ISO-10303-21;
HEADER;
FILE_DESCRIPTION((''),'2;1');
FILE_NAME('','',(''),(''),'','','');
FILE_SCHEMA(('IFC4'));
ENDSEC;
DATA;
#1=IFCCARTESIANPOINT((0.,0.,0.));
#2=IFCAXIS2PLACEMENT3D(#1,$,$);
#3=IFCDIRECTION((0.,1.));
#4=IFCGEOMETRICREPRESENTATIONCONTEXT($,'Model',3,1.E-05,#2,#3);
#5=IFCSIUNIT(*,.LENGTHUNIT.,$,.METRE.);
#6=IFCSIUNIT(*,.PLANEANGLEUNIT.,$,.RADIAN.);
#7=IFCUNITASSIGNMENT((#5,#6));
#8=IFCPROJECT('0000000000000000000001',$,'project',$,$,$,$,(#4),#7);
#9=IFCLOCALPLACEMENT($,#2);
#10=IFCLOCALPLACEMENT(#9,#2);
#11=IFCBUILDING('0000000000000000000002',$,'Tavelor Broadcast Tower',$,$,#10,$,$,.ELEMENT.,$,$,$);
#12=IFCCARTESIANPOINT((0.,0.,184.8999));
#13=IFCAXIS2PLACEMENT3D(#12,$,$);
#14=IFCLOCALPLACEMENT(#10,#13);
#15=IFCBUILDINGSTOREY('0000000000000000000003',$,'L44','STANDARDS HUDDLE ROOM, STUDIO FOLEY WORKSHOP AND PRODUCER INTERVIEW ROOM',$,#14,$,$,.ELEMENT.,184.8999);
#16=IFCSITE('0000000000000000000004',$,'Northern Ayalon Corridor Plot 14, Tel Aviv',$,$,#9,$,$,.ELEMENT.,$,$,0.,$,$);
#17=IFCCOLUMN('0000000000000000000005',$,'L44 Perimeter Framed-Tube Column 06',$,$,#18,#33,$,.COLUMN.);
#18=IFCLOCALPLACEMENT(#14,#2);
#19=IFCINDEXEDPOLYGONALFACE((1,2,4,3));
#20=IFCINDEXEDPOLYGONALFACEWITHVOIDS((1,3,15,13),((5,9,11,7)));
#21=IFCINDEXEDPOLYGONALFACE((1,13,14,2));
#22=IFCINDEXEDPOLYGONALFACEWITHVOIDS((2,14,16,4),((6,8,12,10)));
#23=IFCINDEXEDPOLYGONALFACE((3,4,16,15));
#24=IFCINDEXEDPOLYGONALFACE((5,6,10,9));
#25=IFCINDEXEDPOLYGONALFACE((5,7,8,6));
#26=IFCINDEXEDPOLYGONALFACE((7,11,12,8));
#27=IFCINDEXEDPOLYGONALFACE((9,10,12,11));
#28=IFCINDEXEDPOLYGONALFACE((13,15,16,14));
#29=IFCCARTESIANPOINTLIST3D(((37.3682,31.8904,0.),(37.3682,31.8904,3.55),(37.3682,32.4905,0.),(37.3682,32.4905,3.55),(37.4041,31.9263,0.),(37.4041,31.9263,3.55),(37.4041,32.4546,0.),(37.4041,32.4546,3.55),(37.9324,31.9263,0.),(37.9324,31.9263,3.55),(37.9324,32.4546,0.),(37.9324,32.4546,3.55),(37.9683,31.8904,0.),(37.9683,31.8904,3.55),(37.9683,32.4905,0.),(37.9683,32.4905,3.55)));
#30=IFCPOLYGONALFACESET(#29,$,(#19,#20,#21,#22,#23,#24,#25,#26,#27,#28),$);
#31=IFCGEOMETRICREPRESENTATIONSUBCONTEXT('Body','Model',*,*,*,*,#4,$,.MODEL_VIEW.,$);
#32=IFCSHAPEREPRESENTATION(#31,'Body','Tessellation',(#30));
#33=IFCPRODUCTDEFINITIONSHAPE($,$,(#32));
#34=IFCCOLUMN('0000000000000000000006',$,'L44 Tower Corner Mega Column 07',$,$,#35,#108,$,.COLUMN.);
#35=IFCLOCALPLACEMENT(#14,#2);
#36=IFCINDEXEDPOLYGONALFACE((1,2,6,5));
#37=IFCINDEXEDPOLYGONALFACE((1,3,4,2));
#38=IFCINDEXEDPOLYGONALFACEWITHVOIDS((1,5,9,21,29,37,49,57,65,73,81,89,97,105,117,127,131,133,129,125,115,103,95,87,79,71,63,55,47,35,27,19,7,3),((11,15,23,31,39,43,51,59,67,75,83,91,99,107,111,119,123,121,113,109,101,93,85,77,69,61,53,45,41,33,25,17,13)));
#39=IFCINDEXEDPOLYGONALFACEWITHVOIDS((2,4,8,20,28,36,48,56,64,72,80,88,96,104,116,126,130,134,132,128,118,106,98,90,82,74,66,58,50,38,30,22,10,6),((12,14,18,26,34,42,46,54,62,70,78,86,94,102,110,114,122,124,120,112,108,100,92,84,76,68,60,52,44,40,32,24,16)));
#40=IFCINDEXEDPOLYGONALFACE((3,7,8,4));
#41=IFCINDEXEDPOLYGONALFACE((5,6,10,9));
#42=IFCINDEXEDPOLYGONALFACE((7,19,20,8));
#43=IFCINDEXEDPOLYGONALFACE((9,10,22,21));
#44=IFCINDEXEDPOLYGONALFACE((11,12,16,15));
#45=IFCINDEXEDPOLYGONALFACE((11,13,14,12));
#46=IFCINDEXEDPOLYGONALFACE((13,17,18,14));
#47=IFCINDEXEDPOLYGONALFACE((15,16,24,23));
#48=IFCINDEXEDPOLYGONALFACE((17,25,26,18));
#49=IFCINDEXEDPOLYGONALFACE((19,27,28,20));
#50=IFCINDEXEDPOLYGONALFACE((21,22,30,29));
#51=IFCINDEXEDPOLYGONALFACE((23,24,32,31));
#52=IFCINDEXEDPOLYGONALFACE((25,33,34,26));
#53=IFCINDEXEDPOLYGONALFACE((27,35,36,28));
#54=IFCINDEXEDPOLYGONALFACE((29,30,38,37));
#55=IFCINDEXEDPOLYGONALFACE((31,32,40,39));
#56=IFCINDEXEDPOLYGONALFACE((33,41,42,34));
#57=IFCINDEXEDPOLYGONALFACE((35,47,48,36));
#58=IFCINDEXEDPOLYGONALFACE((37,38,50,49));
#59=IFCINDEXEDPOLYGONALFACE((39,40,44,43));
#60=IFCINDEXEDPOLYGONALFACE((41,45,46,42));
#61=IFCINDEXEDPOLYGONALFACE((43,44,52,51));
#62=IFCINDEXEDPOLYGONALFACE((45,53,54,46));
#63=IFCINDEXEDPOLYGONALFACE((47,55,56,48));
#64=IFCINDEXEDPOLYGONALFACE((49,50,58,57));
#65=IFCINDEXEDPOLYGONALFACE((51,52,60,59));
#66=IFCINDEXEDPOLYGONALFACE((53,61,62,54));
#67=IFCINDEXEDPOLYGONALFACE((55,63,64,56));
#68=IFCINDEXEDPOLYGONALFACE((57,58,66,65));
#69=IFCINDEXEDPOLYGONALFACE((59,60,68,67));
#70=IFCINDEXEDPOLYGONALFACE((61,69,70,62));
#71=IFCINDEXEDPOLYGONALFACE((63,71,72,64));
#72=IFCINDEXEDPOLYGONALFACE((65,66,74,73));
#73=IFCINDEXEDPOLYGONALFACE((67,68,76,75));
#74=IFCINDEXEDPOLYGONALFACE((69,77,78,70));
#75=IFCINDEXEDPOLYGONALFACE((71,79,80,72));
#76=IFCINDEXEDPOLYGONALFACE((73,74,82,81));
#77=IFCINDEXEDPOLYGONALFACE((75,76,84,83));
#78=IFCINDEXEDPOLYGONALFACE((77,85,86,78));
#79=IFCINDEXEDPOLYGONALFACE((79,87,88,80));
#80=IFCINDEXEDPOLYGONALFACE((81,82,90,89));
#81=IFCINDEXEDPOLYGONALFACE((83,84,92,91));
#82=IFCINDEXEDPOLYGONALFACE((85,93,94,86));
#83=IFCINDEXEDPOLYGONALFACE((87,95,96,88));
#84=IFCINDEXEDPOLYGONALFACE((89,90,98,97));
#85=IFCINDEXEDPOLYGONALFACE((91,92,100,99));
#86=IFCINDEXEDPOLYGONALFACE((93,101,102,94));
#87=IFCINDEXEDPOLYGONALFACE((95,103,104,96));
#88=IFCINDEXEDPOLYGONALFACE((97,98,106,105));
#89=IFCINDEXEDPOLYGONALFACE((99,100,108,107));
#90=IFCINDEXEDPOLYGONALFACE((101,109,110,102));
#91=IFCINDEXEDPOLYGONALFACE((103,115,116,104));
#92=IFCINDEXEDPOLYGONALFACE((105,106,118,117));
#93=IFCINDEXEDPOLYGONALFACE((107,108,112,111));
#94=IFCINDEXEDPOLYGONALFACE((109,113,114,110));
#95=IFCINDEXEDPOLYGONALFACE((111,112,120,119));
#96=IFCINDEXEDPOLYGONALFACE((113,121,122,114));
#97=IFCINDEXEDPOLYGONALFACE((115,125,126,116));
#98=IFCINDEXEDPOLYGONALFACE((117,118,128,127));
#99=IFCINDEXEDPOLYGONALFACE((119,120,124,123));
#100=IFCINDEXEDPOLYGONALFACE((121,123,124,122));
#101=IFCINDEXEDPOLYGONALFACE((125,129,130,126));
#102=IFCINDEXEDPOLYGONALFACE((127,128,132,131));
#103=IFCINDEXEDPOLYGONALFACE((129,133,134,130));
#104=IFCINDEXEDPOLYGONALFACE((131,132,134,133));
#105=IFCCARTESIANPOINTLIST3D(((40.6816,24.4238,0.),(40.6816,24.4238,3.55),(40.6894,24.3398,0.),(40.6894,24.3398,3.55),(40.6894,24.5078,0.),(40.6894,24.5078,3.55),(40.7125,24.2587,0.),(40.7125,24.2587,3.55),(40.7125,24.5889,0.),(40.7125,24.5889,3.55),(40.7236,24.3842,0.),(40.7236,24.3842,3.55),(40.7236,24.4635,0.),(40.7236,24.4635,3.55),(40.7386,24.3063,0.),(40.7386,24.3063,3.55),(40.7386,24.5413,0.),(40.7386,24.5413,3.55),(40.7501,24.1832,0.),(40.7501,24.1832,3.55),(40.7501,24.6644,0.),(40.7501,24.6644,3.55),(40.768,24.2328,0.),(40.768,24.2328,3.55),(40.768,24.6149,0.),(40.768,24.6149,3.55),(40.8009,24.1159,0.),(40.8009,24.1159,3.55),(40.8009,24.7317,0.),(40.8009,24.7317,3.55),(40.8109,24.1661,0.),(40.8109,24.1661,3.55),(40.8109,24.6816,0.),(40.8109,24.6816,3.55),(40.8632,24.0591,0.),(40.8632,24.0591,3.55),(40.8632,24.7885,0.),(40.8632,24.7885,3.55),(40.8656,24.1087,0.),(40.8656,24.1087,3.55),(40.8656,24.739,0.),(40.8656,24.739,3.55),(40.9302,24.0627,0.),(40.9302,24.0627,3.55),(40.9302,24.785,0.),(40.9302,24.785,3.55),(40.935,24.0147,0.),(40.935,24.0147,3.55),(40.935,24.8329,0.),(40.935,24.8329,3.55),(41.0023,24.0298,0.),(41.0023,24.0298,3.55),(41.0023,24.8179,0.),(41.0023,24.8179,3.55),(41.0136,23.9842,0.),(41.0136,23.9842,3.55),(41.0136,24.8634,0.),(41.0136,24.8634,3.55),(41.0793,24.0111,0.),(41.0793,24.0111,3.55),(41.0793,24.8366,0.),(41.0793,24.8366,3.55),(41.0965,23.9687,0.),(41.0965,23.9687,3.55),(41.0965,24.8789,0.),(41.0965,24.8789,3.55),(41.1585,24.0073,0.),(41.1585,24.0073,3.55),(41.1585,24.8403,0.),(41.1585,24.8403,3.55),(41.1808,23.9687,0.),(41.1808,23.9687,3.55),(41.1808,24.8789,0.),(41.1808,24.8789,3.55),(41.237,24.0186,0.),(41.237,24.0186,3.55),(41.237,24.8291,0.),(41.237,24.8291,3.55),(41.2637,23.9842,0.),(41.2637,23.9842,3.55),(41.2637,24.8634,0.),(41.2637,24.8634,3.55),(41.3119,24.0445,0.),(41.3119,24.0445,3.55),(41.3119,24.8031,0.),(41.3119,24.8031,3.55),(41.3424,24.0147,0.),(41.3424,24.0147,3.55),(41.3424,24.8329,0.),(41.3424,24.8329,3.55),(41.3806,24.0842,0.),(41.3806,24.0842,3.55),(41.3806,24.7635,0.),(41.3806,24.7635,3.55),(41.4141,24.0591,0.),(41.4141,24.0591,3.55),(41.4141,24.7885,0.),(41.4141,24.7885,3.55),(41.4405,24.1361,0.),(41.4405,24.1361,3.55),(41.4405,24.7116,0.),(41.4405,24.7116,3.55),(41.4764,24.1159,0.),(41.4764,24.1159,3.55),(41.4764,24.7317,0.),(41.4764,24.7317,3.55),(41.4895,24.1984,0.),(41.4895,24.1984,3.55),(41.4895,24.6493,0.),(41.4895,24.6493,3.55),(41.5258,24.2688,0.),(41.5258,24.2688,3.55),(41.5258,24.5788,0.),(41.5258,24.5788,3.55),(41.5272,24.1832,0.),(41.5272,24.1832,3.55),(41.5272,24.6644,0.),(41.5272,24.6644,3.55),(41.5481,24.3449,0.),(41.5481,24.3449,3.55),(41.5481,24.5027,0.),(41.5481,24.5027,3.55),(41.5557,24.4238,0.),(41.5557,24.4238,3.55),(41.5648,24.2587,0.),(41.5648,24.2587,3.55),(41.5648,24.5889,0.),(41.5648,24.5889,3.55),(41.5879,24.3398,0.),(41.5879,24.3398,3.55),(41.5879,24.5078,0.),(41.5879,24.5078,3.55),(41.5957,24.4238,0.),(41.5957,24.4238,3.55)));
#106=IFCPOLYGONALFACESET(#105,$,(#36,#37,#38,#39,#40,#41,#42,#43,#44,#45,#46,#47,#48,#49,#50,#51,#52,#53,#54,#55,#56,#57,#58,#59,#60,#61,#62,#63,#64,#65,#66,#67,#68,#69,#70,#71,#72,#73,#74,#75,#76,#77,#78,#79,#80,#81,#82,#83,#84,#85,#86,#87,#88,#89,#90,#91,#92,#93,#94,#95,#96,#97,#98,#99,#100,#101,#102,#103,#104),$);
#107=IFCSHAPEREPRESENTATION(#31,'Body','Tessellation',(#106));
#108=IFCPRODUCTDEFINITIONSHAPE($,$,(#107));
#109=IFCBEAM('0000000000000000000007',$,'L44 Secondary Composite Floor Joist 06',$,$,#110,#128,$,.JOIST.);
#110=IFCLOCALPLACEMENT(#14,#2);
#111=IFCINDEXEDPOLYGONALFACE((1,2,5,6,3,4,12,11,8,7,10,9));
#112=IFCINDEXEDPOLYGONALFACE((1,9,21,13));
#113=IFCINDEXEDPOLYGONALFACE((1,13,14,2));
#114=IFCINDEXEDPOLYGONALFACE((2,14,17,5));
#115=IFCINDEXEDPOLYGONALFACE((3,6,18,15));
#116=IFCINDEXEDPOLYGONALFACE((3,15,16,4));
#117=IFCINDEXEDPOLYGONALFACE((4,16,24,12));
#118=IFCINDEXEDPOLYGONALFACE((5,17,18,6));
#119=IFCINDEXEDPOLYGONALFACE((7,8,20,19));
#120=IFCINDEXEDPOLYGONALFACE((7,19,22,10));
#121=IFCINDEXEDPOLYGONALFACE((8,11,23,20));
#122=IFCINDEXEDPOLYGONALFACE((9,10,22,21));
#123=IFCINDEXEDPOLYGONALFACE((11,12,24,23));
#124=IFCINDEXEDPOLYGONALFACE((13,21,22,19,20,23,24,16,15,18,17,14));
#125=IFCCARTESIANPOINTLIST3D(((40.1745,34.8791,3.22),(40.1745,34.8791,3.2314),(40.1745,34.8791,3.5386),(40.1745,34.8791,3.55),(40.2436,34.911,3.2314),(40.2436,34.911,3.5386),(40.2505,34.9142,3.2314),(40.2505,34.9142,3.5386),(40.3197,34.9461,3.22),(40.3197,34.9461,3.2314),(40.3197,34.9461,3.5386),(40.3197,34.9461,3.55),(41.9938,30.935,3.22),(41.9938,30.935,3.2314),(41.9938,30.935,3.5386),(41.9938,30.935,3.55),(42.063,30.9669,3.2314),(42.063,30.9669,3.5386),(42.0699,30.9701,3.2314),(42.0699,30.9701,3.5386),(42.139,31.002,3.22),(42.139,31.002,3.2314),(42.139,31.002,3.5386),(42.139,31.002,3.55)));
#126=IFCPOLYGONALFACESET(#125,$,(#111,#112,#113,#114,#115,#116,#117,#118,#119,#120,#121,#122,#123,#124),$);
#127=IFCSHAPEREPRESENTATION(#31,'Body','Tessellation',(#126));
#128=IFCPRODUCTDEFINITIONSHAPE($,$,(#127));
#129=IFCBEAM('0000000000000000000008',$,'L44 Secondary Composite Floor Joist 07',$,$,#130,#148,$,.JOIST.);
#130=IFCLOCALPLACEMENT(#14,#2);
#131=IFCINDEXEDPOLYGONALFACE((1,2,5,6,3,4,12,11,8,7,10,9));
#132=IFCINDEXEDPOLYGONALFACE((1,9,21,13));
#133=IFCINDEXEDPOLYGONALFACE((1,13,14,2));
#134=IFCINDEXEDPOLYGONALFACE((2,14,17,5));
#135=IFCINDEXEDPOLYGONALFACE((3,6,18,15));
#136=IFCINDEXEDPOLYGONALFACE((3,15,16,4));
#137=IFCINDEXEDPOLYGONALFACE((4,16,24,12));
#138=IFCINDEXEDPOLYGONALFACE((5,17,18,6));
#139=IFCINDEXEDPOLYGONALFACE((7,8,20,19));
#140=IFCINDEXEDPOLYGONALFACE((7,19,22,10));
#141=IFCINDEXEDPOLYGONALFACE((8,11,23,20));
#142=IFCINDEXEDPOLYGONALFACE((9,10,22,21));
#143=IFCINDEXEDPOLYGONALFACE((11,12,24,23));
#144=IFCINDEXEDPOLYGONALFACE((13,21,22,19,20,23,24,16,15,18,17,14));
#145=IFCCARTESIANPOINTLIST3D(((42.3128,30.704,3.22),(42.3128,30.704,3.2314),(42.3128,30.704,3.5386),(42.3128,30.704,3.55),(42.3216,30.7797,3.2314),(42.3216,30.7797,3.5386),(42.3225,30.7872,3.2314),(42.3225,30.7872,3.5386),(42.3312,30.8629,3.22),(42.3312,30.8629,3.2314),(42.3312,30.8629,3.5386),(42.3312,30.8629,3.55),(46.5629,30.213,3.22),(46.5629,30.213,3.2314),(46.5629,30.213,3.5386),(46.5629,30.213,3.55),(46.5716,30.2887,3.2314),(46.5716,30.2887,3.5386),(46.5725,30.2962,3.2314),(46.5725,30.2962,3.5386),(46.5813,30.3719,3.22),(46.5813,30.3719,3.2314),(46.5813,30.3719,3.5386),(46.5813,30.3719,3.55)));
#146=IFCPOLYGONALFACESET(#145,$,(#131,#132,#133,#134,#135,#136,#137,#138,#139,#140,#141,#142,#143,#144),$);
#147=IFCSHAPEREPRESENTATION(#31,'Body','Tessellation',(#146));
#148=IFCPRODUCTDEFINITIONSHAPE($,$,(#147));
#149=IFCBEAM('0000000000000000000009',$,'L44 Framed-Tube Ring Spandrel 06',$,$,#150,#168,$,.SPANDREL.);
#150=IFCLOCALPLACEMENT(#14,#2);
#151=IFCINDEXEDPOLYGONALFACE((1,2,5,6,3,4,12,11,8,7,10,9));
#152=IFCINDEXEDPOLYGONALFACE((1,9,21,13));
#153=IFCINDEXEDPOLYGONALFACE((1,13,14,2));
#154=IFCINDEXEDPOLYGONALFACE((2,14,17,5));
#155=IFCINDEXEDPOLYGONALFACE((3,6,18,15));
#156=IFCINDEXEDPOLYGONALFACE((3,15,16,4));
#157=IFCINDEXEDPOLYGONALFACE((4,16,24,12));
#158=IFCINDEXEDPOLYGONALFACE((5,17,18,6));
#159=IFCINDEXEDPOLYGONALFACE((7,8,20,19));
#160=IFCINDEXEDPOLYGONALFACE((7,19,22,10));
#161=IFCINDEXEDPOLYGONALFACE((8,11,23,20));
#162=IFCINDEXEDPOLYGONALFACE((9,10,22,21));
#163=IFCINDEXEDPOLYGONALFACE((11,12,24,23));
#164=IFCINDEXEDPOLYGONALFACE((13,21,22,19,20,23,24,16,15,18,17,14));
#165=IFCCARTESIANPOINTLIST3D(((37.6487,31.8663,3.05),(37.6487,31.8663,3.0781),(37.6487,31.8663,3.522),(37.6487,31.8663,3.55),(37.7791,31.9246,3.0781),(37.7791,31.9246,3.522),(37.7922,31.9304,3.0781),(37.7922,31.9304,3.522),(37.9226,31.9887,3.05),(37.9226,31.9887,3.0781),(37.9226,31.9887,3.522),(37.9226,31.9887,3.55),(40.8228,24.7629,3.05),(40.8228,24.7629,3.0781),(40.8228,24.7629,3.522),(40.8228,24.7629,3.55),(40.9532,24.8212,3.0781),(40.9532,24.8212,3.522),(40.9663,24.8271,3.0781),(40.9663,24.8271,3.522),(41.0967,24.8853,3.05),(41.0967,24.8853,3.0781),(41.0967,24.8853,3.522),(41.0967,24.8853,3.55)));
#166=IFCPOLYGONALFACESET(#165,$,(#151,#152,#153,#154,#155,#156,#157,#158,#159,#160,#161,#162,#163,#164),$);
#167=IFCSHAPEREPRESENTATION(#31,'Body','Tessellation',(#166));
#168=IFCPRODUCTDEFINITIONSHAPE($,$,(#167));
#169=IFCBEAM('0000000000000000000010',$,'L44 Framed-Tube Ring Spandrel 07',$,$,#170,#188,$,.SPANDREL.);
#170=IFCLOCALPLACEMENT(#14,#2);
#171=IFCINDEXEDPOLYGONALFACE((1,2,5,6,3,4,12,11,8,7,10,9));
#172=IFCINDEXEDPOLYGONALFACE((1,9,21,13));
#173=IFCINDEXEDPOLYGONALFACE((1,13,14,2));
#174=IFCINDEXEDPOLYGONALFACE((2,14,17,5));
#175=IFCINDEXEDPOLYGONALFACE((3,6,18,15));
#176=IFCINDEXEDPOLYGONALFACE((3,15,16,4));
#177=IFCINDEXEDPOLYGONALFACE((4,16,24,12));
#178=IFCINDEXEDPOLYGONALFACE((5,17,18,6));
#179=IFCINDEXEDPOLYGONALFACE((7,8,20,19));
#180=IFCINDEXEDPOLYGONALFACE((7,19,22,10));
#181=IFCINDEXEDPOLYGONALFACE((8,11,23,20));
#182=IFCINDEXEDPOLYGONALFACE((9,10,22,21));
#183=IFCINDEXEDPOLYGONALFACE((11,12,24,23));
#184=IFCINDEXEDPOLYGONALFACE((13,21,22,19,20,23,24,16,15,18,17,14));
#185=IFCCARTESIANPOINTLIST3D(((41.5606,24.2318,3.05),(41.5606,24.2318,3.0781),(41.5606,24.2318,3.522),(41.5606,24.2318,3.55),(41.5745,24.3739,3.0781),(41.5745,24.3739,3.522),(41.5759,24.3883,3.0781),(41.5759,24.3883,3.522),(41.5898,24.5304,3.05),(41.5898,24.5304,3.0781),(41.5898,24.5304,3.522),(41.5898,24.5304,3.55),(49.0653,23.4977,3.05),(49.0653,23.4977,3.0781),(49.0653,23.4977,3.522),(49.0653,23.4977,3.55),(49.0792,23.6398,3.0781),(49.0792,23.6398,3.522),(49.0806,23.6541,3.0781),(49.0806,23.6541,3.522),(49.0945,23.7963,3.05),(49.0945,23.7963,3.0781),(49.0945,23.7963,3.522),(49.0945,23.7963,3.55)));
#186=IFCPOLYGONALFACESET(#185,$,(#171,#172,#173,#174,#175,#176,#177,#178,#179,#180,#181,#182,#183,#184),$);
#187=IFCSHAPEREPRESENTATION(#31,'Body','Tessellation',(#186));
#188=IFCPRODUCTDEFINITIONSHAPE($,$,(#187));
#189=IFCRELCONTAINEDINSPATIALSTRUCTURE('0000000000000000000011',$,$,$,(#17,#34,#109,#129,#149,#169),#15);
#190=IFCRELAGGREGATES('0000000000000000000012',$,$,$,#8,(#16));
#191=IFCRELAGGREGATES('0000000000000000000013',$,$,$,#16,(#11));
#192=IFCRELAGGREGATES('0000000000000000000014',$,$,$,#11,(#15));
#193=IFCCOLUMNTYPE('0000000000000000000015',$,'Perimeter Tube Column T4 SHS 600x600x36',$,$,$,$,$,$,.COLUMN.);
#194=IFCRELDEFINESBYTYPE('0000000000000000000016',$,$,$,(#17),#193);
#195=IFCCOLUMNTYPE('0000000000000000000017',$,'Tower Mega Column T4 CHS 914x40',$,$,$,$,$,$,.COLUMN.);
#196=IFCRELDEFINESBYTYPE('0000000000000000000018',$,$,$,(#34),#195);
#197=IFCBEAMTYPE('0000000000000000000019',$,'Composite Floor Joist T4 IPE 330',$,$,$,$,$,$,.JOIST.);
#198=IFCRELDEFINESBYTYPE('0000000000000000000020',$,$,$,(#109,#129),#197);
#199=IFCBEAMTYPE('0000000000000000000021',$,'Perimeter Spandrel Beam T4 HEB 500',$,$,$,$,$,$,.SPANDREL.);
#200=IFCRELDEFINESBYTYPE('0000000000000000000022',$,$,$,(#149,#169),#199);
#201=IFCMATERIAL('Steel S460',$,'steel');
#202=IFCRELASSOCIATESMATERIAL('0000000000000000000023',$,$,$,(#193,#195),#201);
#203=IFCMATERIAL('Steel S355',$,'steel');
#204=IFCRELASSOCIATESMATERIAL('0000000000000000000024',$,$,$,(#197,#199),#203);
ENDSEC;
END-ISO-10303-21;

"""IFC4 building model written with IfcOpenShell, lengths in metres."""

from ifc_helpers import new_model, si_unit, direction, frame, origin, origin_2d, place, context, subcontext, project, spatial, hollow_rectangle, hollow_circle, i_section, extrude, material, material_profile, profile_set, type_object, element, save


model = new_model("IFC4")

# Units and contexts
model_context = context("Model", 3, precision=1e-05, world=origin(), true_north=direction((0.0, 1.0)))
body_context = subcontext(model_context, "Body", "Model", "MODEL_VIEW")
ifc_project = project(units=[si_unit("LENGTHUNIT", "METRE"), si_unit("PLANEANGLEUNIT", "RADIAN")], contexts=[model_context])

# Site, building, storey
site_placement = place(None, origin())
site = spatial("IfcSite", under=ifc_project, at=site_placement, Name="Northern Ayalon Corridor Plot 14, Tel Aviv", CompositionType="ELEMENT", RefElevation=0.0)
building_placement = place(site_placement, origin())
building = spatial("IfcBuilding", under=site, at=building_placement, Name="Tavelor Broadcast Tower", CompositionType="ELEMENT")
storey_placement = place(building_placement, frame((0.0, 0.0, 184.8999)))
storey = spatial("IfcBuildingStorey", under=building, at=storey_placement, Name="L44", Description="STANDARDS HUDDLE ROOM, STUDIO FOLEY WORKSHOP AND PRODUCER INTERVIEW ROOM", CompositionType="ELEMENT", Elevation=184.8999)

# Columns
ifc_material_1 = material(Name="Steel S460", Category="steel")
ifc_material_profile_1 = material_profile(ifc_material_1, hollow_rectangle(XDim=0.6001, YDim=0.6001, WallThickness=0.0359, at=origin_2d()), Name="SHS 600x600x36")
ifc_profile_set_1 = profile_set([ifc_material_profile_1], Name="Steel S460")
column_type_1 = type_object("IfcColumnType", Name="Perimeter Tube Column T4 SHS 600x600x36", PredefinedType="COLUMN", material=ifc_profile_set_1)
column_1_placement = place(storey_placement, frame((37.6682, 32.1904, 0.0), z_axis=(0.0, 0.0, 1.0), x_axis=(1.0, 0.0, 0.0)))
element("IfcColumn", 1, at=column_1_placement, inside=storey, type_object=column_type_1, Name="L44 Perimeter Framed-Tube Column 06", PredefinedType="COLUMN", context=body_context, shape_type="SweptSolid", body=[
    extrude(hollow_rectangle(XDim=0.6001, YDim=0.6001, WallThickness=0.0359, at=origin_2d()), origin(), (0.0, 0.0, 1.0), 3.55),
])
ifc_material_profile_2 = material_profile(ifc_material_1, hollow_circle(Radius=0.457, WallThickness=0.04, at=origin_2d()), Name="CHS 914x40")
ifc_profile_set_2 = profile_set([ifc_material_profile_2], Name="Steel S460")
column_type_2 = type_object("IfcColumnType", Name="Tower Mega Column T4 CHS 914x40", PredefinedType="COLUMN", material=ifc_profile_set_2)
column_2_placement = place(storey_placement, frame((41.1387, 24.4238, 0.0), z_axis=(0.0, 0.0, 1.0), x_axis=(1.0, 0.0, 0.0)))
element("IfcColumn", 2, at=column_2_placement, inside=storey, type_object=column_type_2, Name="L44 Tower Corner Mega Column 07", PredefinedType="COLUMN", context=body_context, shape_type="SweptSolid", body=[
    extrude(hollow_circle(Radius=0.457, WallThickness=0.04, at=origin_2d()), origin(), (0.0, 0.0, 1.0), 3.55),
])

# Beams
ifc_material_2 = material(Name="Steel S355", Category="steel")
ifc_material_profile_3 = material_profile(ifc_material_2, i_section(OverallWidth=0.1599, OverallDepth=0.3301, WebThickness=0.0076, FlangeThickness=0.0115, at=origin_2d()), Name="IPE 330")
ifc_profile_set_3 = profile_set([ifc_material_profile_3], Name="Steel S355")
beam_type_1 = type_object("IfcBeamType", Name="Composite Floor Joist T4 IPE 330", PredefinedType="JOIST", material=ifc_profile_set_3)
beam_1_placement = place(storey_placement, frame((40.2471, 34.9126, 3.385), z_axis=(0.418866, -0.908048, 0.0), x_axis=(0.908048, 0.418866, 0.0)))
element("IfcBeam", 3, at=beam_1_placement, inside=storey, type_object=beam_type_1, Name="L44 Secondary Composite Floor Joist 06", PredefinedType="JOIST", context=body_context, shape_type="SweptSolid", body=[
    extrude(i_section(OverallWidth=0.1599, OverallDepth=0.3301, WebThickness=0.0076, FlangeThickness=0.0115, at=origin_2d()), origin(), (0.0, 0.0, 1.0), 4.3435),
])
beam_2_placement = place(storey_placement, frame((42.322, 30.7834, 3.385), z_axis=(0.993393, -0.114758, 0.0), x_axis=(0.114758, 0.993393, 0.0)))
element("IfcBeam", 4, at=beam_2_placement, inside=storey, type_object=beam_type_1, Name="L44 Secondary Composite Floor Joist 07", PredefinedType="JOIST", context=body_context, shape_type="SweptSolid", body=[
    extrude(i_section(OverallWidth=0.1599, OverallDepth=0.3301, WebThickness=0.0076, FlangeThickness=0.0115, at=origin_2d()), origin(), (0.0, 0.0, 1.0), 4.2783),
])
ifc_material_profile_4 = material_profile(ifc_material_2, i_section(OverallWidth=0.3, OverallDepth=0.5, WebThickness=0.0144, FlangeThickness=0.0281, at=origin_2d()), Name="HEB 500")
ifc_profile_set_4 = profile_set([ifc_material_profile_4], Name="Steel S355")
beam_type_2 = type_object("IfcBeamType", Name="Perimeter Spandrel Beam T4 HEB 500", PredefinedType="SPANDREL", material=ifc_profile_set_4)
beam_3_placement = place(storey_placement, frame((37.7856, 31.9275, 3.3), z_axis=(0.407969, -0.912996, 0.0), x_axis=(0.912996, 0.407969, 0.0)))
element("IfcBeam", 5, at=beam_3_placement, inside=storey, type_object=beam_type_2, Name="L44 Framed-Tube Ring Spandrel 06", PredefinedType="SPANDREL", context=body_context, shape_type="SweptSolid", body=[
    extrude(i_section(OverallWidth=0.3, OverallDepth=0.5, WebThickness=0.0144, FlangeThickness=0.0281, at=origin_2d()), origin(), (0.0, 0.0, 1.0), 7.7803),
])
beam_4_placement = place(storey_placement, frame((41.5752, 24.3811, 3.3), z_axis=(0.995249, -0.097359, 0.0), x_axis=(0.097359, 0.995249, 0.0)))
element("IfcBeam", 6, at=beam_4_placement, inside=storey, type_object=beam_type_2, Name="L44 Framed-Tube Ring Spandrel 07", PredefinedType="SPANDREL", context=body_context, shape_type="SweptSolid", body=[
    extrude(i_section(OverallWidth=0.3, OverallDepth=0.5, WebThickness=0.0144, FlangeThickness=0.0281, at=origin_2d()), origin(), (0.0, 0.0, 1.0), 7.5405),
])

save(model, "model.ifc")
